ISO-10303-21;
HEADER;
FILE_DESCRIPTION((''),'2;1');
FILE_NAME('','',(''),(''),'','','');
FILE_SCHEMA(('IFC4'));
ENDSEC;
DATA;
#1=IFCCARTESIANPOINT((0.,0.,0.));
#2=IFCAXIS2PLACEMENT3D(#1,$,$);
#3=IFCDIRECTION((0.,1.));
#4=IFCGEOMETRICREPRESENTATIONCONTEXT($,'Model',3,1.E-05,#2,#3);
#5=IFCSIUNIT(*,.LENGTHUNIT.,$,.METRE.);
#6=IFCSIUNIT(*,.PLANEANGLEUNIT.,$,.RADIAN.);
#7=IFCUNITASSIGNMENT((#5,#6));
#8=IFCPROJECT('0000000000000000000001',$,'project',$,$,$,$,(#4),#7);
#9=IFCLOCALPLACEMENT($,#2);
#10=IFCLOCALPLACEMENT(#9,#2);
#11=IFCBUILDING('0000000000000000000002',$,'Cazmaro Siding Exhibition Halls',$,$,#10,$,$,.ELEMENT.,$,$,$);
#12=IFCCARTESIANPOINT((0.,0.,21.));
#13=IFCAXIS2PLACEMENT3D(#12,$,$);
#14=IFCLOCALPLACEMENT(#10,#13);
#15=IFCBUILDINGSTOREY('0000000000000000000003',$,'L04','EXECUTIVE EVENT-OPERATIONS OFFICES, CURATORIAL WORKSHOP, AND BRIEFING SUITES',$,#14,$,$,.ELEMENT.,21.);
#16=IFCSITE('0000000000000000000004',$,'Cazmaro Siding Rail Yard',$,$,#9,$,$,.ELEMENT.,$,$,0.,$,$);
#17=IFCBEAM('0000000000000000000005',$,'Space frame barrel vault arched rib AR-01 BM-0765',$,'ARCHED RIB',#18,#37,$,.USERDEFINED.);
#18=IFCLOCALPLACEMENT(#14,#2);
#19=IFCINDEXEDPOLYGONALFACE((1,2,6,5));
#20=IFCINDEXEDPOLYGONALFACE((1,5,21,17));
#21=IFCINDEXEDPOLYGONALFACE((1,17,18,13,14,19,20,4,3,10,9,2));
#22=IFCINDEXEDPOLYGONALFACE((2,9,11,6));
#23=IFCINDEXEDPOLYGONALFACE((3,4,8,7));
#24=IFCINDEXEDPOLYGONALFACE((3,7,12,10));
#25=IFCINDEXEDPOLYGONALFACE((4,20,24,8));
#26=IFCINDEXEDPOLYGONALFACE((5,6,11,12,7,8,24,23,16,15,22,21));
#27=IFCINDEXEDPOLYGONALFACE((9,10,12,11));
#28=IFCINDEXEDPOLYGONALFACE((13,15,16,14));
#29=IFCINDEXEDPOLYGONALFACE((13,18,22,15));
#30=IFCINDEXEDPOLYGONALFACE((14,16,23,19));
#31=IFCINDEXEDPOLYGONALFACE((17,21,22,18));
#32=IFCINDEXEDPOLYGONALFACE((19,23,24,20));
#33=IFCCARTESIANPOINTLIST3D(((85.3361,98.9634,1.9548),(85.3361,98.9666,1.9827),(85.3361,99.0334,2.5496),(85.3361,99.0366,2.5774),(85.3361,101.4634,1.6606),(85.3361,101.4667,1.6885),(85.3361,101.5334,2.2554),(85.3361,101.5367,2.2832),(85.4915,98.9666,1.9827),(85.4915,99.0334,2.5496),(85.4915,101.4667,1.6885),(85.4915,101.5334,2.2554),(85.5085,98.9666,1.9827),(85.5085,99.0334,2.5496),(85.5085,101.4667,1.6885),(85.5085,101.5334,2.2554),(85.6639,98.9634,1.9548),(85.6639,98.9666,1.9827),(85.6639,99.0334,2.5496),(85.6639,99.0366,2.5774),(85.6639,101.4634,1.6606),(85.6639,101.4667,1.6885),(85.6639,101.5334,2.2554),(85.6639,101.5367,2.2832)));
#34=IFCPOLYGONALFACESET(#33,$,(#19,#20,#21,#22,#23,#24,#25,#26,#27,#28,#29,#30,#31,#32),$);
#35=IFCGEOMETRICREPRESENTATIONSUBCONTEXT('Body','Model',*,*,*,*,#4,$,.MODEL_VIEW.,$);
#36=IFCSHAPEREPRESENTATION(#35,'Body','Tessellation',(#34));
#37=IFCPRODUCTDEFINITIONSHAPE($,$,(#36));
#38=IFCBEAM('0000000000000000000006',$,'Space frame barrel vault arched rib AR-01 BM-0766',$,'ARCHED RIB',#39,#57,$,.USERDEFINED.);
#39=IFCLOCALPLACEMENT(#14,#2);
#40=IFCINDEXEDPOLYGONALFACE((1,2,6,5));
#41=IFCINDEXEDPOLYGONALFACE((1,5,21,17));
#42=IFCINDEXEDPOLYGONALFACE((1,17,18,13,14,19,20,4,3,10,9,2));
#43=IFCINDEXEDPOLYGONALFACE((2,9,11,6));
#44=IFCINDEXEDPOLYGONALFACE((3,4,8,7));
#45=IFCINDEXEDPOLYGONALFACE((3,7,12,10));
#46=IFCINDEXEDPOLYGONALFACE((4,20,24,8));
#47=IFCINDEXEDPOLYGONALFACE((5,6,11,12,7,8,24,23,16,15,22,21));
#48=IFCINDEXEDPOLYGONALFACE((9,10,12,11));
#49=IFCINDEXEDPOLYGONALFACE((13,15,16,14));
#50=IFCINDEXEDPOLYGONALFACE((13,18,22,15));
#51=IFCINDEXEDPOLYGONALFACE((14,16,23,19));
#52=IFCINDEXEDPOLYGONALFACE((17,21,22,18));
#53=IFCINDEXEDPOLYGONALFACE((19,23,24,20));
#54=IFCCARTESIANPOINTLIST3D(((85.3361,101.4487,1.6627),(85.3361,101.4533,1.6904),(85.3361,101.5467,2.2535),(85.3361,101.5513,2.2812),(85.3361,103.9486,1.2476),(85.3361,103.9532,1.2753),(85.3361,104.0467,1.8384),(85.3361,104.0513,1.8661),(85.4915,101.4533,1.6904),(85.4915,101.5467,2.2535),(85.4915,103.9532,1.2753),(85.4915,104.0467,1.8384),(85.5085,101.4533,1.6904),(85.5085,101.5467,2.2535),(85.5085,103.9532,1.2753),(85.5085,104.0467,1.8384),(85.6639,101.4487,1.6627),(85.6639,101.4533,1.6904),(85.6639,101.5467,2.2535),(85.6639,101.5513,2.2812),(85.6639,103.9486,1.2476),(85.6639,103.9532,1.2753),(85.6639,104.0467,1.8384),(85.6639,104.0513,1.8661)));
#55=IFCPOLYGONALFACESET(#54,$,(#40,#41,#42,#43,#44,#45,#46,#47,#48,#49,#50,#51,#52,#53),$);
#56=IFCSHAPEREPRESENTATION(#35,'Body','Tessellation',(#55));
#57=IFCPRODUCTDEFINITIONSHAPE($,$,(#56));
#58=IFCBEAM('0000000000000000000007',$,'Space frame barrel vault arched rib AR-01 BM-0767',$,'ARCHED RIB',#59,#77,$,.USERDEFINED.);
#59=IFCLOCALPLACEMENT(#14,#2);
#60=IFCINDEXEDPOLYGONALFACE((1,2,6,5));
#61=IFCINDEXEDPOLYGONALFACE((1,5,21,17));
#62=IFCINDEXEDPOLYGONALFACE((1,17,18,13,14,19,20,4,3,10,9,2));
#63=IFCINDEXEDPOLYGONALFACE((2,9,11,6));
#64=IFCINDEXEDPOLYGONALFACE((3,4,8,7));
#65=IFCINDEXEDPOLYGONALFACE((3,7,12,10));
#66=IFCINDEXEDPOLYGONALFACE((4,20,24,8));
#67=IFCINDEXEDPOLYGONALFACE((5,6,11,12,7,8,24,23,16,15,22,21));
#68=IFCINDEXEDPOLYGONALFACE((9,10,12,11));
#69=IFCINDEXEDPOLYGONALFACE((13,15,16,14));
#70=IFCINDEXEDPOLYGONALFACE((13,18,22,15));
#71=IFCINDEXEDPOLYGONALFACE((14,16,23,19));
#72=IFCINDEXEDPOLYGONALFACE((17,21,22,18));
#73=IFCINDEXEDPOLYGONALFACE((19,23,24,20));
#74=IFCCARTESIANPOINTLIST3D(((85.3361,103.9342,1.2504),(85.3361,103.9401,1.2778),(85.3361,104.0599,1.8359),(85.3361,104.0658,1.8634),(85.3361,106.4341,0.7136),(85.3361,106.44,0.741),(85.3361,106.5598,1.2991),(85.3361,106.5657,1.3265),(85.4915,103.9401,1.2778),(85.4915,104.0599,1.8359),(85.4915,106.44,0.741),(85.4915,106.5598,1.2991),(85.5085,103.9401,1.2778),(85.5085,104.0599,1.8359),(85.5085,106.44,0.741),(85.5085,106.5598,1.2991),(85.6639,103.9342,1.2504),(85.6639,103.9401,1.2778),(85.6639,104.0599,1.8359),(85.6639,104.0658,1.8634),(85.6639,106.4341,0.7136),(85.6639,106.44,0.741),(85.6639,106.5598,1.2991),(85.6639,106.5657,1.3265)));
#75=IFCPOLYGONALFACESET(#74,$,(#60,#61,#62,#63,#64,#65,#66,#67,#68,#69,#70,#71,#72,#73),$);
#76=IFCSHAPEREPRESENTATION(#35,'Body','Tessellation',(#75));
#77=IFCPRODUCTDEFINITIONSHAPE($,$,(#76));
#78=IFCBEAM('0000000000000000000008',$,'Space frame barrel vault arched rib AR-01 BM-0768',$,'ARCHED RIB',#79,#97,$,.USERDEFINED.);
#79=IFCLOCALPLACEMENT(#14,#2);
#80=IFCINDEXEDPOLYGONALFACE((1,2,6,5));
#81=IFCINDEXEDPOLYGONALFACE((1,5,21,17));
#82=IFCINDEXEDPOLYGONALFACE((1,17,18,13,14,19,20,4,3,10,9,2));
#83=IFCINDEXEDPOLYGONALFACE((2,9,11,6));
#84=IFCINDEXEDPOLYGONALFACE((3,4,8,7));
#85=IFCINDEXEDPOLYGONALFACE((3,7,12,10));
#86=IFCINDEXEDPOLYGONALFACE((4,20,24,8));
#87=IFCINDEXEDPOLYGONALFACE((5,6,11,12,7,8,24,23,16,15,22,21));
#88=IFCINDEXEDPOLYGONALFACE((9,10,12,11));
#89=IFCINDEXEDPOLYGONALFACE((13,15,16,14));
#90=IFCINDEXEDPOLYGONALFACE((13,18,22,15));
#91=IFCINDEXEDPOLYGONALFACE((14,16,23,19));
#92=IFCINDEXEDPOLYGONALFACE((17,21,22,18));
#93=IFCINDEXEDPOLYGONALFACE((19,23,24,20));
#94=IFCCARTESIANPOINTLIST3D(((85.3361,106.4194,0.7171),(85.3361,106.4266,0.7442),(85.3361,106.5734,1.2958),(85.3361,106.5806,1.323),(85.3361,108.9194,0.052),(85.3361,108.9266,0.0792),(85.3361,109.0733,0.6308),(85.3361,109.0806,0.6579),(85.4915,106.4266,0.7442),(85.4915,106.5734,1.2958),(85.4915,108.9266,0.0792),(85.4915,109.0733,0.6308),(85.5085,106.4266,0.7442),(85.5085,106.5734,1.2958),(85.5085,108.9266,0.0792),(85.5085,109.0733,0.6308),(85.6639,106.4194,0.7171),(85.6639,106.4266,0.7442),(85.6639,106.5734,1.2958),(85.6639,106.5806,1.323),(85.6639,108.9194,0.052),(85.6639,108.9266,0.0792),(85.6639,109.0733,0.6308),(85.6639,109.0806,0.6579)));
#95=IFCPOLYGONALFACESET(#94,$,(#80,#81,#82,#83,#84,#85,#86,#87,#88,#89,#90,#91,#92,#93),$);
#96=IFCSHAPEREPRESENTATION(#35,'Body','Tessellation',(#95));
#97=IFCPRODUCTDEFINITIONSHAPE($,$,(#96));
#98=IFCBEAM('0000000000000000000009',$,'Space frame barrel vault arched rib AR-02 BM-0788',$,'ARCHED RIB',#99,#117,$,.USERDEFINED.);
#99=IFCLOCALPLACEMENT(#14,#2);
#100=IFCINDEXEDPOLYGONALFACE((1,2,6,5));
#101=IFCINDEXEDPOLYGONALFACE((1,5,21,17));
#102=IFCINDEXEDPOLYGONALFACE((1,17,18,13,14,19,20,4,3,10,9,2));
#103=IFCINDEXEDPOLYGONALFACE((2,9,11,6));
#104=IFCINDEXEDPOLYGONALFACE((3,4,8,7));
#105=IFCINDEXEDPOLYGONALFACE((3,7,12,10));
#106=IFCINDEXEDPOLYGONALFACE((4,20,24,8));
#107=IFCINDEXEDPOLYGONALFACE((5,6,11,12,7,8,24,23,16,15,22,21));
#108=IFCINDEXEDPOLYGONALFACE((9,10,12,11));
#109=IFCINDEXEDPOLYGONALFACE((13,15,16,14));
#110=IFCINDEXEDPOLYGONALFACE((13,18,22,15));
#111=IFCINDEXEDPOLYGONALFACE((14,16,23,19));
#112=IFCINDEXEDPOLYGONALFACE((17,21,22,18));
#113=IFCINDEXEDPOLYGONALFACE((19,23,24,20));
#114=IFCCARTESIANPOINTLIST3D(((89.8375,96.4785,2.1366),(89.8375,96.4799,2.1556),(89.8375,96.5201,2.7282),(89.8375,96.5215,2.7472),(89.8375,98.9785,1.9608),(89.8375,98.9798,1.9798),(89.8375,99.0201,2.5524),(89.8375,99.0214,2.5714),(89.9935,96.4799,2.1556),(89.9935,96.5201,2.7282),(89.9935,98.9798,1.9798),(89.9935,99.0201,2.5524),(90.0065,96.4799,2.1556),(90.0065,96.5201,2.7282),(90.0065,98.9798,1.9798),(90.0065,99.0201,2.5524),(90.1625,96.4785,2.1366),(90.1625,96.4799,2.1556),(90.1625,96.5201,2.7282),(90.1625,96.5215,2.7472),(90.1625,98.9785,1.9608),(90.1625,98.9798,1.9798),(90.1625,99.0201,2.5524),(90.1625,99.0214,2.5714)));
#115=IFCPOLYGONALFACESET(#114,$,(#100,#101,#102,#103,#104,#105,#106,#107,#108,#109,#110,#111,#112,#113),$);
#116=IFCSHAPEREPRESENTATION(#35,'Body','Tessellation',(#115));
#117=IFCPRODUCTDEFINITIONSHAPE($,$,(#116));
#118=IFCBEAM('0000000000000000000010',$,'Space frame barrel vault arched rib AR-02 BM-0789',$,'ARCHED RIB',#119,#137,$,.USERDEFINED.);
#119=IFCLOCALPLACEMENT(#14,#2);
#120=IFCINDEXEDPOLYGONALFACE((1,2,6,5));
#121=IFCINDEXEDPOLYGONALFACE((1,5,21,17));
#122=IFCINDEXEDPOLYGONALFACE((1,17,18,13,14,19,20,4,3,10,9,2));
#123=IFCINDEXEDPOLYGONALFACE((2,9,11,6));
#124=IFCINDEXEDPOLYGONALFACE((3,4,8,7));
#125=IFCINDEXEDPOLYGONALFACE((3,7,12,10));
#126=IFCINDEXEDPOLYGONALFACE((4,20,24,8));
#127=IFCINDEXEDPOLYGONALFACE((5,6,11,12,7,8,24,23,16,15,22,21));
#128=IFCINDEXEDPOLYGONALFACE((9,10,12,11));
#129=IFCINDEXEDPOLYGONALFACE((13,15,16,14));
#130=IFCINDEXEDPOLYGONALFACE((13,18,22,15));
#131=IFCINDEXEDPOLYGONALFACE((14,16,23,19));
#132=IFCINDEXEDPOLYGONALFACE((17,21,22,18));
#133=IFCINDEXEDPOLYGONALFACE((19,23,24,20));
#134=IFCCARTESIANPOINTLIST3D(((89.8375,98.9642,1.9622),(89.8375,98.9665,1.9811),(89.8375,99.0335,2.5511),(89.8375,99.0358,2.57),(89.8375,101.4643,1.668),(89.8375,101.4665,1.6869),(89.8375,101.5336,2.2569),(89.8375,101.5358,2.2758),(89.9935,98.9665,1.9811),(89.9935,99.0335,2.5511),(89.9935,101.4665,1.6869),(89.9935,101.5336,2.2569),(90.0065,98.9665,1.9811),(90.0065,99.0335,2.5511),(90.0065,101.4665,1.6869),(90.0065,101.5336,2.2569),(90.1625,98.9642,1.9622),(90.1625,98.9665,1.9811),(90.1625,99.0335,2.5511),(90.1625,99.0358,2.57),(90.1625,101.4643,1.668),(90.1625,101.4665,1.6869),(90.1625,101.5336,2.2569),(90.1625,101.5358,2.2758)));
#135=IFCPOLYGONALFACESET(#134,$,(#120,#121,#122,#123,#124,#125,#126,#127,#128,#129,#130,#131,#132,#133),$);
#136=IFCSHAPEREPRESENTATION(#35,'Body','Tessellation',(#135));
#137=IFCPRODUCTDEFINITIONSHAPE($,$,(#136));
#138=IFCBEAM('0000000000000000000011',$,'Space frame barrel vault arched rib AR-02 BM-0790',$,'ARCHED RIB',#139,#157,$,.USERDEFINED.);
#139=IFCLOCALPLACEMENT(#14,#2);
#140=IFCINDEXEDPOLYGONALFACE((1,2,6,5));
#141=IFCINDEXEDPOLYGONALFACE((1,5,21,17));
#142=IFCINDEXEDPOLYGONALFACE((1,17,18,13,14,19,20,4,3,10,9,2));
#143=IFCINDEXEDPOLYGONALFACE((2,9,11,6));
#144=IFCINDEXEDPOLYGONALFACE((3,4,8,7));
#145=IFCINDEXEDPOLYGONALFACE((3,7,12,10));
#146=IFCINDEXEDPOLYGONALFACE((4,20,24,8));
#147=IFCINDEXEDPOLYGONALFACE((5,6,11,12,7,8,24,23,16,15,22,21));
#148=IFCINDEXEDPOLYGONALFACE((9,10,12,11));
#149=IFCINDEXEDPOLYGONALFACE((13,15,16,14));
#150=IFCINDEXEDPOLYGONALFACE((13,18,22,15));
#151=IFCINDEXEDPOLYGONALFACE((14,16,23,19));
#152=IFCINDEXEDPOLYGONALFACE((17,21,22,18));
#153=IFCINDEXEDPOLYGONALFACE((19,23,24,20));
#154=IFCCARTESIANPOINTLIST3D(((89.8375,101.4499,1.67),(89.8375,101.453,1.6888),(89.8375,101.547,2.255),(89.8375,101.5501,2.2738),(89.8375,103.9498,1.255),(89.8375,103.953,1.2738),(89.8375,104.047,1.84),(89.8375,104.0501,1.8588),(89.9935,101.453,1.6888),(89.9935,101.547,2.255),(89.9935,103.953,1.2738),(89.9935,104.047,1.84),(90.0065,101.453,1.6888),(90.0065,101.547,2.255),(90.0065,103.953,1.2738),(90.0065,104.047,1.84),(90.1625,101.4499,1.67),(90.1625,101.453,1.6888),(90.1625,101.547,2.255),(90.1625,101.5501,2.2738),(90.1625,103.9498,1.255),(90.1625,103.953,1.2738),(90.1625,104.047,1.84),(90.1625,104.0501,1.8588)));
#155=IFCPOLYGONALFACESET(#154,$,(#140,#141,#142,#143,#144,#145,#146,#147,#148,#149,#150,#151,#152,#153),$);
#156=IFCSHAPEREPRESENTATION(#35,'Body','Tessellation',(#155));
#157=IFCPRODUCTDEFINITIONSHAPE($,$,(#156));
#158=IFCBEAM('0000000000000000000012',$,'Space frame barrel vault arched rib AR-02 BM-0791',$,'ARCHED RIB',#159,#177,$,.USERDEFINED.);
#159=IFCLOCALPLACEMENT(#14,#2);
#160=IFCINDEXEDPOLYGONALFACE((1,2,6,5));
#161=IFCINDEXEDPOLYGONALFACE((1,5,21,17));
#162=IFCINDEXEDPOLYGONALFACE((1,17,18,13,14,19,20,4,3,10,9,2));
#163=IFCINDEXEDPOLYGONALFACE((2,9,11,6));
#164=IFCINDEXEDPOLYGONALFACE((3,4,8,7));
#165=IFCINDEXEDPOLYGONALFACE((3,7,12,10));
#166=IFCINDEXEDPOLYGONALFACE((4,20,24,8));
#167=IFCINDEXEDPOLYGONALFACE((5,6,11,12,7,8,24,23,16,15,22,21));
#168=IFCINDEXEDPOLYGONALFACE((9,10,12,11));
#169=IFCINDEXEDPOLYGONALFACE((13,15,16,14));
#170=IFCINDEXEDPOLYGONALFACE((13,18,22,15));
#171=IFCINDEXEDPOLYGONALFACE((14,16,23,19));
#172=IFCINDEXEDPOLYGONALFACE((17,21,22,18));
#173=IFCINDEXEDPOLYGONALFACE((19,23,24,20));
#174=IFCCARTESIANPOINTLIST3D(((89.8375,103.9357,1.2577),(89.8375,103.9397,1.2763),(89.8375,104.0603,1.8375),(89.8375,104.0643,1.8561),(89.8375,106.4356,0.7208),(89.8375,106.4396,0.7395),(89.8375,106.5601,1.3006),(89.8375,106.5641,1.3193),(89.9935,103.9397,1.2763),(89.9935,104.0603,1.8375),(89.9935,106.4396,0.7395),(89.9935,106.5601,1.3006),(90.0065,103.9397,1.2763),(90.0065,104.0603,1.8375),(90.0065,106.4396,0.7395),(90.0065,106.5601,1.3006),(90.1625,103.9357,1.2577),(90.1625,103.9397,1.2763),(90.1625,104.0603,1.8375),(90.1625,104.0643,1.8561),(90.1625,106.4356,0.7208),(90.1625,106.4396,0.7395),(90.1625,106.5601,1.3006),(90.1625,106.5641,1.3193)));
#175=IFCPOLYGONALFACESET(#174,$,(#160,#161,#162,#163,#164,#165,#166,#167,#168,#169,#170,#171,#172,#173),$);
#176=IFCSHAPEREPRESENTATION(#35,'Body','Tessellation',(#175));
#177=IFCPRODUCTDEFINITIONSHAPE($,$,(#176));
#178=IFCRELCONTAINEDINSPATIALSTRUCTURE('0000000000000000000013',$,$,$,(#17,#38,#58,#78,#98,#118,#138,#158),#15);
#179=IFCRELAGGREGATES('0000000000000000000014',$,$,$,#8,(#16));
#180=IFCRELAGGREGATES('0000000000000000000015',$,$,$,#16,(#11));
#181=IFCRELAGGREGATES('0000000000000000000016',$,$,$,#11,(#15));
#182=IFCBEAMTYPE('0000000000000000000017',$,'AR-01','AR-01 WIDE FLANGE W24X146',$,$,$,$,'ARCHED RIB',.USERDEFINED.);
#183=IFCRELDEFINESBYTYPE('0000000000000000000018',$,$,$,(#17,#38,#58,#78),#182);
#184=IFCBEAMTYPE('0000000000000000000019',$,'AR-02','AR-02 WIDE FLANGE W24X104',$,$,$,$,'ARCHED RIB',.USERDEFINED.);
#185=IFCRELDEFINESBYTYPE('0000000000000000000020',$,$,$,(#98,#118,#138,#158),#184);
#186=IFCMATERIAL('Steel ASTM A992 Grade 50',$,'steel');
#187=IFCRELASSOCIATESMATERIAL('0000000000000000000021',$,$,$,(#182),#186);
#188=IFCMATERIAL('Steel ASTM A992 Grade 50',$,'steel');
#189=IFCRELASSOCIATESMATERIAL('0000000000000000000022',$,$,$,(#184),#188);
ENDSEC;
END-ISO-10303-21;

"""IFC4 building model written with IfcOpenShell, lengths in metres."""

from ifc_helpers import new_model, si_unit, direction, frame, origin, origin_2d, place, context, subcontext, project, spatial, i_section, extrude, material, material_profile, profile_set, type_object, element, save


model = new_model("IFC4")

# Units and contexts
model_context = context("Model", 3, precision=1e-05, world=origin(), true_north=direction((0.0, 1.0)))
body_context = subcontext(model_context, "Body", "Model", "MODEL_VIEW")
ifc_project = project(units=[si_unit("LENGTHUNIT", "METRE"), si_unit("PLANEANGLEUNIT", "RADIAN")], contexts=[model_context])

# Site, building, storey
site_placement = place(None, origin())
site = spatial("IfcSite", under=ifc_project, at=site_placement, Name="Cazmaro Siding Rail Yard", CompositionType="ELEMENT", RefElevation=0.0)
building_placement = place(site_placement, origin())
building = spatial("IfcBuilding", under=site, at=building_placement, Name="Cazmaro Siding Exhibition Halls", CompositionType="ELEMENT")
storey_placement = place(building_placement, frame((0.0, 0.0, 21.0)))
storey = spatial("IfcBuildingStorey", under=building, at=storey_placement, Name="L04", Description="EXECUTIVE EVENT-OPERATIONS OFFICES, CURATORIAL WORKSHOP, AND BRIEFING SUITES", CompositionType="ELEMENT", Elevation=21.0)

# Beams
ifc_material_1 = material(Name="Steel ASTM A992 Grade 50", Category="steel")
ifc_material_profile_1 = material_profile(ifc_material_1, i_section(OverallWidth=0.3279, OverallDepth=0.627, WebThickness=0.0171, FlangeThickness=0.0281, at=origin_2d()), Name="W24X146")
ifc_profile_set_1 = profile_set([ifc_material_profile_1], Name="Steel ASTM A992 Grade 50")
beam_type_1 = type_object("IfcBeamType", Name="AR-01", Description="AR-01 WIDE FLANGE W24X146", ElementType="ARCHED RIB", PredefinedType="USERDEFINED", material=ifc_profile_set_1)
beam_1_placement = place(storey_placement, frame((85.5, 99.0, 2.2661), z_axis=(0.0, 0.993147, -0.116869), x_axis=(-1.0, 0.0, 0.0)))
element("IfcBeam", 1, at=beam_1_placement, inside=storey, type_object=beam_type_1, Name="Space frame barrel vault arched rib AR-01 BM-0765", ObjectType="ARCHED RIB", PredefinedType="USERDEFINED", context=body_context, shape_type="SweptSolid", body=[
    extrude(i_section(OverallWidth=0.3279, OverallDepth=0.627, WebThickness=0.0171, FlangeThickness=0.0281, at=origin_2d()), origin(), (0.0, 0.0, 1.0), 2.5173),
])
beam_2_placement = place(storey_placement, frame((85.5, 101.5, 1.9719), z_axis=(0.0, 0.986498, -0.163774), x_axis=(-1.0, 0.0, 0.0)))
element("IfcBeam", 2, at=beam_2_placement, inside=storey, type_object=beam_type_1, Name="Space frame barrel vault arched rib AR-01 BM-0766", ObjectType="ARCHED RIB", PredefinedType="USERDEFINED", context=body_context, shape_type="SweptSolid", body=[
    extrude(i_section(OverallWidth=0.3279, OverallDepth=0.627, WebThickness=0.0171, FlangeThickness=0.0281, at=origin_2d()), origin(), (0.0, 0.0, 1.0), 2.5342),
])
beam_3_placement = place(storey_placement, frame((85.5, 104.0, 1.5569), z_axis=(0.0, 0.97771, -0.209959), x_axis=(-1.0, 0.0, 0.0)))
element("IfcBeam", 3, at=beam_3_placement, inside=storey, type_object=beam_type_1, Name="Space frame barrel vault arched rib AR-01 BM-0767", ObjectType="ARCHED RIB", PredefinedType="USERDEFINED", context=body_context, shape_type="SweptSolid", body=[
    extrude(i_section(OverallWidth=0.3279, OverallDepth=0.627, WebThickness=0.0171, FlangeThickness=0.0281, at=origin_2d()), origin(), (0.0, 0.0, 1.0), 2.5569),
])
beam_4_placement = place(storey_placement, frame((85.5, 106.5, 1.02), z_axis=(0.0, 0.966391, -0.257075), x_axis=(-1.0, 0.0, 0.0)))
element("IfcBeam", 4, at=beam_4_placement, inside=storey, type_object=beam_type_1, Name="Space frame barrel vault arched rib AR-01 BM-0768", ObjectType="ARCHED RIB", PredefinedType="USERDEFINED", context=body_context, shape_type="SweptSolid", body=[
    extrude(i_section(OverallWidth=0.3279, OverallDepth=0.627, WebThickness=0.0171, FlangeThickness=0.0281, at=origin_2d()), origin(), (0.0, 0.0, 1.0), 2.5869),
])
ifc_material_2 = material(Name="Steel ASTM A992 Grade 50", Category="steel")
ifc_material_profile_2 = material_profile(ifc_material_2, i_section(OverallWidth=0.325, OverallDepth=0.6121, WebThickness=0.0129, FlangeThickness=0.019, at=origin_2d()), Name="W24X104")
ifc_profile_set_2 = profile_set([ifc_material_profile_2], Name="Steel ASTM A992 Grade 50")
beam_type_2 = type_object("IfcBeamType", Name="AR-02", Description="AR-02 WIDE FLANGE W24X104", ElementType="ARCHED RIB", PredefinedType="USERDEFINED", material=ifc_profile_set_2)
beam_5_placement = place(storey_placement, frame((90.0, 96.5, 2.4419), z_axis=(0.0, 0.997537, -0.070139), x_axis=(-1.0, 0.0, 0.0)))
element("IfcBeam", 5, at=beam_5_placement, inside=storey, type_object=beam_type_2, Name="Space frame barrel vault arched rib AR-02 BM-0788", ObjectType="ARCHED RIB", PredefinedType="USERDEFINED", context=body_context, shape_type="SweptSolid", body=[
    extrude(i_section(OverallWidth=0.325, OverallDepth=0.6121, WebThickness=0.0129, FlangeThickness=0.019, at=origin_2d()), origin(), (0.0, 0.0, 1.0), 2.5061),
])
beam_6_placement = place(storey_placement, frame((90.0, 99.0, 2.2661), z_axis=(0.0, 0.993147, -0.116869), x_axis=(-1.0, 0.0, 0.0)))
element("IfcBeam", 6, at=beam_6_placement, inside=storey, type_object=beam_type_2, Name="Space frame barrel vault arched rib AR-02 BM-0789", ObjectType="ARCHED RIB", PredefinedType="USERDEFINED", context=body_context, shape_type="SweptSolid", body=[
    extrude(i_section(OverallWidth=0.325, OverallDepth=0.6121, WebThickness=0.0129, FlangeThickness=0.019, at=origin_2d()), origin(), (0.0, 0.0, 1.0), 2.5173),
])
beam_7_placement = place(storey_placement, frame((90.0, 101.5, 1.9719), z_axis=(0.0, 0.986498, -0.163774), x_axis=(-1.0, 0.0, 0.0)))
element("IfcBeam", 7, at=beam_7_placement, inside=storey, type_object=beam_type_2, Name="Space frame barrel vault arched rib AR-02 BM-0790", ObjectType="ARCHED RIB", PredefinedType="USERDEFINED", context=body_context, shape_type="SweptSolid", body=[
    extrude(i_section(OverallWidth=0.325, OverallDepth=0.6121, WebThickness=0.0129, FlangeThickness=0.019, at=origin_2d()), origin(), (0.0, 0.0, 1.0), 2.5342),
])
beam_8_placement = place(storey_placement, frame((90.0, 104.0, 1.5569), z_axis=(0.0, 0.97771, -0.209959), x_axis=(-1.0, 0.0, 0.0)))
element("IfcBeam", 8, at=beam_8_placement, inside=storey, type_object=beam_type_2, Name="Space frame barrel vault arched rib AR-02 BM-0791", ObjectType="ARCHED RIB", PredefinedType="USERDEFINED", context=body_context, shape_type="SweptSolid", body=[
    extrude(i_section(OverallWidth=0.325, OverallDepth=0.6121, WebThickness=0.0129, FlangeThickness=0.019, at=origin_2d()), origin(), (0.0, 0.0, 1.0), 2.5569),
])

save(model, "model.ifc")
